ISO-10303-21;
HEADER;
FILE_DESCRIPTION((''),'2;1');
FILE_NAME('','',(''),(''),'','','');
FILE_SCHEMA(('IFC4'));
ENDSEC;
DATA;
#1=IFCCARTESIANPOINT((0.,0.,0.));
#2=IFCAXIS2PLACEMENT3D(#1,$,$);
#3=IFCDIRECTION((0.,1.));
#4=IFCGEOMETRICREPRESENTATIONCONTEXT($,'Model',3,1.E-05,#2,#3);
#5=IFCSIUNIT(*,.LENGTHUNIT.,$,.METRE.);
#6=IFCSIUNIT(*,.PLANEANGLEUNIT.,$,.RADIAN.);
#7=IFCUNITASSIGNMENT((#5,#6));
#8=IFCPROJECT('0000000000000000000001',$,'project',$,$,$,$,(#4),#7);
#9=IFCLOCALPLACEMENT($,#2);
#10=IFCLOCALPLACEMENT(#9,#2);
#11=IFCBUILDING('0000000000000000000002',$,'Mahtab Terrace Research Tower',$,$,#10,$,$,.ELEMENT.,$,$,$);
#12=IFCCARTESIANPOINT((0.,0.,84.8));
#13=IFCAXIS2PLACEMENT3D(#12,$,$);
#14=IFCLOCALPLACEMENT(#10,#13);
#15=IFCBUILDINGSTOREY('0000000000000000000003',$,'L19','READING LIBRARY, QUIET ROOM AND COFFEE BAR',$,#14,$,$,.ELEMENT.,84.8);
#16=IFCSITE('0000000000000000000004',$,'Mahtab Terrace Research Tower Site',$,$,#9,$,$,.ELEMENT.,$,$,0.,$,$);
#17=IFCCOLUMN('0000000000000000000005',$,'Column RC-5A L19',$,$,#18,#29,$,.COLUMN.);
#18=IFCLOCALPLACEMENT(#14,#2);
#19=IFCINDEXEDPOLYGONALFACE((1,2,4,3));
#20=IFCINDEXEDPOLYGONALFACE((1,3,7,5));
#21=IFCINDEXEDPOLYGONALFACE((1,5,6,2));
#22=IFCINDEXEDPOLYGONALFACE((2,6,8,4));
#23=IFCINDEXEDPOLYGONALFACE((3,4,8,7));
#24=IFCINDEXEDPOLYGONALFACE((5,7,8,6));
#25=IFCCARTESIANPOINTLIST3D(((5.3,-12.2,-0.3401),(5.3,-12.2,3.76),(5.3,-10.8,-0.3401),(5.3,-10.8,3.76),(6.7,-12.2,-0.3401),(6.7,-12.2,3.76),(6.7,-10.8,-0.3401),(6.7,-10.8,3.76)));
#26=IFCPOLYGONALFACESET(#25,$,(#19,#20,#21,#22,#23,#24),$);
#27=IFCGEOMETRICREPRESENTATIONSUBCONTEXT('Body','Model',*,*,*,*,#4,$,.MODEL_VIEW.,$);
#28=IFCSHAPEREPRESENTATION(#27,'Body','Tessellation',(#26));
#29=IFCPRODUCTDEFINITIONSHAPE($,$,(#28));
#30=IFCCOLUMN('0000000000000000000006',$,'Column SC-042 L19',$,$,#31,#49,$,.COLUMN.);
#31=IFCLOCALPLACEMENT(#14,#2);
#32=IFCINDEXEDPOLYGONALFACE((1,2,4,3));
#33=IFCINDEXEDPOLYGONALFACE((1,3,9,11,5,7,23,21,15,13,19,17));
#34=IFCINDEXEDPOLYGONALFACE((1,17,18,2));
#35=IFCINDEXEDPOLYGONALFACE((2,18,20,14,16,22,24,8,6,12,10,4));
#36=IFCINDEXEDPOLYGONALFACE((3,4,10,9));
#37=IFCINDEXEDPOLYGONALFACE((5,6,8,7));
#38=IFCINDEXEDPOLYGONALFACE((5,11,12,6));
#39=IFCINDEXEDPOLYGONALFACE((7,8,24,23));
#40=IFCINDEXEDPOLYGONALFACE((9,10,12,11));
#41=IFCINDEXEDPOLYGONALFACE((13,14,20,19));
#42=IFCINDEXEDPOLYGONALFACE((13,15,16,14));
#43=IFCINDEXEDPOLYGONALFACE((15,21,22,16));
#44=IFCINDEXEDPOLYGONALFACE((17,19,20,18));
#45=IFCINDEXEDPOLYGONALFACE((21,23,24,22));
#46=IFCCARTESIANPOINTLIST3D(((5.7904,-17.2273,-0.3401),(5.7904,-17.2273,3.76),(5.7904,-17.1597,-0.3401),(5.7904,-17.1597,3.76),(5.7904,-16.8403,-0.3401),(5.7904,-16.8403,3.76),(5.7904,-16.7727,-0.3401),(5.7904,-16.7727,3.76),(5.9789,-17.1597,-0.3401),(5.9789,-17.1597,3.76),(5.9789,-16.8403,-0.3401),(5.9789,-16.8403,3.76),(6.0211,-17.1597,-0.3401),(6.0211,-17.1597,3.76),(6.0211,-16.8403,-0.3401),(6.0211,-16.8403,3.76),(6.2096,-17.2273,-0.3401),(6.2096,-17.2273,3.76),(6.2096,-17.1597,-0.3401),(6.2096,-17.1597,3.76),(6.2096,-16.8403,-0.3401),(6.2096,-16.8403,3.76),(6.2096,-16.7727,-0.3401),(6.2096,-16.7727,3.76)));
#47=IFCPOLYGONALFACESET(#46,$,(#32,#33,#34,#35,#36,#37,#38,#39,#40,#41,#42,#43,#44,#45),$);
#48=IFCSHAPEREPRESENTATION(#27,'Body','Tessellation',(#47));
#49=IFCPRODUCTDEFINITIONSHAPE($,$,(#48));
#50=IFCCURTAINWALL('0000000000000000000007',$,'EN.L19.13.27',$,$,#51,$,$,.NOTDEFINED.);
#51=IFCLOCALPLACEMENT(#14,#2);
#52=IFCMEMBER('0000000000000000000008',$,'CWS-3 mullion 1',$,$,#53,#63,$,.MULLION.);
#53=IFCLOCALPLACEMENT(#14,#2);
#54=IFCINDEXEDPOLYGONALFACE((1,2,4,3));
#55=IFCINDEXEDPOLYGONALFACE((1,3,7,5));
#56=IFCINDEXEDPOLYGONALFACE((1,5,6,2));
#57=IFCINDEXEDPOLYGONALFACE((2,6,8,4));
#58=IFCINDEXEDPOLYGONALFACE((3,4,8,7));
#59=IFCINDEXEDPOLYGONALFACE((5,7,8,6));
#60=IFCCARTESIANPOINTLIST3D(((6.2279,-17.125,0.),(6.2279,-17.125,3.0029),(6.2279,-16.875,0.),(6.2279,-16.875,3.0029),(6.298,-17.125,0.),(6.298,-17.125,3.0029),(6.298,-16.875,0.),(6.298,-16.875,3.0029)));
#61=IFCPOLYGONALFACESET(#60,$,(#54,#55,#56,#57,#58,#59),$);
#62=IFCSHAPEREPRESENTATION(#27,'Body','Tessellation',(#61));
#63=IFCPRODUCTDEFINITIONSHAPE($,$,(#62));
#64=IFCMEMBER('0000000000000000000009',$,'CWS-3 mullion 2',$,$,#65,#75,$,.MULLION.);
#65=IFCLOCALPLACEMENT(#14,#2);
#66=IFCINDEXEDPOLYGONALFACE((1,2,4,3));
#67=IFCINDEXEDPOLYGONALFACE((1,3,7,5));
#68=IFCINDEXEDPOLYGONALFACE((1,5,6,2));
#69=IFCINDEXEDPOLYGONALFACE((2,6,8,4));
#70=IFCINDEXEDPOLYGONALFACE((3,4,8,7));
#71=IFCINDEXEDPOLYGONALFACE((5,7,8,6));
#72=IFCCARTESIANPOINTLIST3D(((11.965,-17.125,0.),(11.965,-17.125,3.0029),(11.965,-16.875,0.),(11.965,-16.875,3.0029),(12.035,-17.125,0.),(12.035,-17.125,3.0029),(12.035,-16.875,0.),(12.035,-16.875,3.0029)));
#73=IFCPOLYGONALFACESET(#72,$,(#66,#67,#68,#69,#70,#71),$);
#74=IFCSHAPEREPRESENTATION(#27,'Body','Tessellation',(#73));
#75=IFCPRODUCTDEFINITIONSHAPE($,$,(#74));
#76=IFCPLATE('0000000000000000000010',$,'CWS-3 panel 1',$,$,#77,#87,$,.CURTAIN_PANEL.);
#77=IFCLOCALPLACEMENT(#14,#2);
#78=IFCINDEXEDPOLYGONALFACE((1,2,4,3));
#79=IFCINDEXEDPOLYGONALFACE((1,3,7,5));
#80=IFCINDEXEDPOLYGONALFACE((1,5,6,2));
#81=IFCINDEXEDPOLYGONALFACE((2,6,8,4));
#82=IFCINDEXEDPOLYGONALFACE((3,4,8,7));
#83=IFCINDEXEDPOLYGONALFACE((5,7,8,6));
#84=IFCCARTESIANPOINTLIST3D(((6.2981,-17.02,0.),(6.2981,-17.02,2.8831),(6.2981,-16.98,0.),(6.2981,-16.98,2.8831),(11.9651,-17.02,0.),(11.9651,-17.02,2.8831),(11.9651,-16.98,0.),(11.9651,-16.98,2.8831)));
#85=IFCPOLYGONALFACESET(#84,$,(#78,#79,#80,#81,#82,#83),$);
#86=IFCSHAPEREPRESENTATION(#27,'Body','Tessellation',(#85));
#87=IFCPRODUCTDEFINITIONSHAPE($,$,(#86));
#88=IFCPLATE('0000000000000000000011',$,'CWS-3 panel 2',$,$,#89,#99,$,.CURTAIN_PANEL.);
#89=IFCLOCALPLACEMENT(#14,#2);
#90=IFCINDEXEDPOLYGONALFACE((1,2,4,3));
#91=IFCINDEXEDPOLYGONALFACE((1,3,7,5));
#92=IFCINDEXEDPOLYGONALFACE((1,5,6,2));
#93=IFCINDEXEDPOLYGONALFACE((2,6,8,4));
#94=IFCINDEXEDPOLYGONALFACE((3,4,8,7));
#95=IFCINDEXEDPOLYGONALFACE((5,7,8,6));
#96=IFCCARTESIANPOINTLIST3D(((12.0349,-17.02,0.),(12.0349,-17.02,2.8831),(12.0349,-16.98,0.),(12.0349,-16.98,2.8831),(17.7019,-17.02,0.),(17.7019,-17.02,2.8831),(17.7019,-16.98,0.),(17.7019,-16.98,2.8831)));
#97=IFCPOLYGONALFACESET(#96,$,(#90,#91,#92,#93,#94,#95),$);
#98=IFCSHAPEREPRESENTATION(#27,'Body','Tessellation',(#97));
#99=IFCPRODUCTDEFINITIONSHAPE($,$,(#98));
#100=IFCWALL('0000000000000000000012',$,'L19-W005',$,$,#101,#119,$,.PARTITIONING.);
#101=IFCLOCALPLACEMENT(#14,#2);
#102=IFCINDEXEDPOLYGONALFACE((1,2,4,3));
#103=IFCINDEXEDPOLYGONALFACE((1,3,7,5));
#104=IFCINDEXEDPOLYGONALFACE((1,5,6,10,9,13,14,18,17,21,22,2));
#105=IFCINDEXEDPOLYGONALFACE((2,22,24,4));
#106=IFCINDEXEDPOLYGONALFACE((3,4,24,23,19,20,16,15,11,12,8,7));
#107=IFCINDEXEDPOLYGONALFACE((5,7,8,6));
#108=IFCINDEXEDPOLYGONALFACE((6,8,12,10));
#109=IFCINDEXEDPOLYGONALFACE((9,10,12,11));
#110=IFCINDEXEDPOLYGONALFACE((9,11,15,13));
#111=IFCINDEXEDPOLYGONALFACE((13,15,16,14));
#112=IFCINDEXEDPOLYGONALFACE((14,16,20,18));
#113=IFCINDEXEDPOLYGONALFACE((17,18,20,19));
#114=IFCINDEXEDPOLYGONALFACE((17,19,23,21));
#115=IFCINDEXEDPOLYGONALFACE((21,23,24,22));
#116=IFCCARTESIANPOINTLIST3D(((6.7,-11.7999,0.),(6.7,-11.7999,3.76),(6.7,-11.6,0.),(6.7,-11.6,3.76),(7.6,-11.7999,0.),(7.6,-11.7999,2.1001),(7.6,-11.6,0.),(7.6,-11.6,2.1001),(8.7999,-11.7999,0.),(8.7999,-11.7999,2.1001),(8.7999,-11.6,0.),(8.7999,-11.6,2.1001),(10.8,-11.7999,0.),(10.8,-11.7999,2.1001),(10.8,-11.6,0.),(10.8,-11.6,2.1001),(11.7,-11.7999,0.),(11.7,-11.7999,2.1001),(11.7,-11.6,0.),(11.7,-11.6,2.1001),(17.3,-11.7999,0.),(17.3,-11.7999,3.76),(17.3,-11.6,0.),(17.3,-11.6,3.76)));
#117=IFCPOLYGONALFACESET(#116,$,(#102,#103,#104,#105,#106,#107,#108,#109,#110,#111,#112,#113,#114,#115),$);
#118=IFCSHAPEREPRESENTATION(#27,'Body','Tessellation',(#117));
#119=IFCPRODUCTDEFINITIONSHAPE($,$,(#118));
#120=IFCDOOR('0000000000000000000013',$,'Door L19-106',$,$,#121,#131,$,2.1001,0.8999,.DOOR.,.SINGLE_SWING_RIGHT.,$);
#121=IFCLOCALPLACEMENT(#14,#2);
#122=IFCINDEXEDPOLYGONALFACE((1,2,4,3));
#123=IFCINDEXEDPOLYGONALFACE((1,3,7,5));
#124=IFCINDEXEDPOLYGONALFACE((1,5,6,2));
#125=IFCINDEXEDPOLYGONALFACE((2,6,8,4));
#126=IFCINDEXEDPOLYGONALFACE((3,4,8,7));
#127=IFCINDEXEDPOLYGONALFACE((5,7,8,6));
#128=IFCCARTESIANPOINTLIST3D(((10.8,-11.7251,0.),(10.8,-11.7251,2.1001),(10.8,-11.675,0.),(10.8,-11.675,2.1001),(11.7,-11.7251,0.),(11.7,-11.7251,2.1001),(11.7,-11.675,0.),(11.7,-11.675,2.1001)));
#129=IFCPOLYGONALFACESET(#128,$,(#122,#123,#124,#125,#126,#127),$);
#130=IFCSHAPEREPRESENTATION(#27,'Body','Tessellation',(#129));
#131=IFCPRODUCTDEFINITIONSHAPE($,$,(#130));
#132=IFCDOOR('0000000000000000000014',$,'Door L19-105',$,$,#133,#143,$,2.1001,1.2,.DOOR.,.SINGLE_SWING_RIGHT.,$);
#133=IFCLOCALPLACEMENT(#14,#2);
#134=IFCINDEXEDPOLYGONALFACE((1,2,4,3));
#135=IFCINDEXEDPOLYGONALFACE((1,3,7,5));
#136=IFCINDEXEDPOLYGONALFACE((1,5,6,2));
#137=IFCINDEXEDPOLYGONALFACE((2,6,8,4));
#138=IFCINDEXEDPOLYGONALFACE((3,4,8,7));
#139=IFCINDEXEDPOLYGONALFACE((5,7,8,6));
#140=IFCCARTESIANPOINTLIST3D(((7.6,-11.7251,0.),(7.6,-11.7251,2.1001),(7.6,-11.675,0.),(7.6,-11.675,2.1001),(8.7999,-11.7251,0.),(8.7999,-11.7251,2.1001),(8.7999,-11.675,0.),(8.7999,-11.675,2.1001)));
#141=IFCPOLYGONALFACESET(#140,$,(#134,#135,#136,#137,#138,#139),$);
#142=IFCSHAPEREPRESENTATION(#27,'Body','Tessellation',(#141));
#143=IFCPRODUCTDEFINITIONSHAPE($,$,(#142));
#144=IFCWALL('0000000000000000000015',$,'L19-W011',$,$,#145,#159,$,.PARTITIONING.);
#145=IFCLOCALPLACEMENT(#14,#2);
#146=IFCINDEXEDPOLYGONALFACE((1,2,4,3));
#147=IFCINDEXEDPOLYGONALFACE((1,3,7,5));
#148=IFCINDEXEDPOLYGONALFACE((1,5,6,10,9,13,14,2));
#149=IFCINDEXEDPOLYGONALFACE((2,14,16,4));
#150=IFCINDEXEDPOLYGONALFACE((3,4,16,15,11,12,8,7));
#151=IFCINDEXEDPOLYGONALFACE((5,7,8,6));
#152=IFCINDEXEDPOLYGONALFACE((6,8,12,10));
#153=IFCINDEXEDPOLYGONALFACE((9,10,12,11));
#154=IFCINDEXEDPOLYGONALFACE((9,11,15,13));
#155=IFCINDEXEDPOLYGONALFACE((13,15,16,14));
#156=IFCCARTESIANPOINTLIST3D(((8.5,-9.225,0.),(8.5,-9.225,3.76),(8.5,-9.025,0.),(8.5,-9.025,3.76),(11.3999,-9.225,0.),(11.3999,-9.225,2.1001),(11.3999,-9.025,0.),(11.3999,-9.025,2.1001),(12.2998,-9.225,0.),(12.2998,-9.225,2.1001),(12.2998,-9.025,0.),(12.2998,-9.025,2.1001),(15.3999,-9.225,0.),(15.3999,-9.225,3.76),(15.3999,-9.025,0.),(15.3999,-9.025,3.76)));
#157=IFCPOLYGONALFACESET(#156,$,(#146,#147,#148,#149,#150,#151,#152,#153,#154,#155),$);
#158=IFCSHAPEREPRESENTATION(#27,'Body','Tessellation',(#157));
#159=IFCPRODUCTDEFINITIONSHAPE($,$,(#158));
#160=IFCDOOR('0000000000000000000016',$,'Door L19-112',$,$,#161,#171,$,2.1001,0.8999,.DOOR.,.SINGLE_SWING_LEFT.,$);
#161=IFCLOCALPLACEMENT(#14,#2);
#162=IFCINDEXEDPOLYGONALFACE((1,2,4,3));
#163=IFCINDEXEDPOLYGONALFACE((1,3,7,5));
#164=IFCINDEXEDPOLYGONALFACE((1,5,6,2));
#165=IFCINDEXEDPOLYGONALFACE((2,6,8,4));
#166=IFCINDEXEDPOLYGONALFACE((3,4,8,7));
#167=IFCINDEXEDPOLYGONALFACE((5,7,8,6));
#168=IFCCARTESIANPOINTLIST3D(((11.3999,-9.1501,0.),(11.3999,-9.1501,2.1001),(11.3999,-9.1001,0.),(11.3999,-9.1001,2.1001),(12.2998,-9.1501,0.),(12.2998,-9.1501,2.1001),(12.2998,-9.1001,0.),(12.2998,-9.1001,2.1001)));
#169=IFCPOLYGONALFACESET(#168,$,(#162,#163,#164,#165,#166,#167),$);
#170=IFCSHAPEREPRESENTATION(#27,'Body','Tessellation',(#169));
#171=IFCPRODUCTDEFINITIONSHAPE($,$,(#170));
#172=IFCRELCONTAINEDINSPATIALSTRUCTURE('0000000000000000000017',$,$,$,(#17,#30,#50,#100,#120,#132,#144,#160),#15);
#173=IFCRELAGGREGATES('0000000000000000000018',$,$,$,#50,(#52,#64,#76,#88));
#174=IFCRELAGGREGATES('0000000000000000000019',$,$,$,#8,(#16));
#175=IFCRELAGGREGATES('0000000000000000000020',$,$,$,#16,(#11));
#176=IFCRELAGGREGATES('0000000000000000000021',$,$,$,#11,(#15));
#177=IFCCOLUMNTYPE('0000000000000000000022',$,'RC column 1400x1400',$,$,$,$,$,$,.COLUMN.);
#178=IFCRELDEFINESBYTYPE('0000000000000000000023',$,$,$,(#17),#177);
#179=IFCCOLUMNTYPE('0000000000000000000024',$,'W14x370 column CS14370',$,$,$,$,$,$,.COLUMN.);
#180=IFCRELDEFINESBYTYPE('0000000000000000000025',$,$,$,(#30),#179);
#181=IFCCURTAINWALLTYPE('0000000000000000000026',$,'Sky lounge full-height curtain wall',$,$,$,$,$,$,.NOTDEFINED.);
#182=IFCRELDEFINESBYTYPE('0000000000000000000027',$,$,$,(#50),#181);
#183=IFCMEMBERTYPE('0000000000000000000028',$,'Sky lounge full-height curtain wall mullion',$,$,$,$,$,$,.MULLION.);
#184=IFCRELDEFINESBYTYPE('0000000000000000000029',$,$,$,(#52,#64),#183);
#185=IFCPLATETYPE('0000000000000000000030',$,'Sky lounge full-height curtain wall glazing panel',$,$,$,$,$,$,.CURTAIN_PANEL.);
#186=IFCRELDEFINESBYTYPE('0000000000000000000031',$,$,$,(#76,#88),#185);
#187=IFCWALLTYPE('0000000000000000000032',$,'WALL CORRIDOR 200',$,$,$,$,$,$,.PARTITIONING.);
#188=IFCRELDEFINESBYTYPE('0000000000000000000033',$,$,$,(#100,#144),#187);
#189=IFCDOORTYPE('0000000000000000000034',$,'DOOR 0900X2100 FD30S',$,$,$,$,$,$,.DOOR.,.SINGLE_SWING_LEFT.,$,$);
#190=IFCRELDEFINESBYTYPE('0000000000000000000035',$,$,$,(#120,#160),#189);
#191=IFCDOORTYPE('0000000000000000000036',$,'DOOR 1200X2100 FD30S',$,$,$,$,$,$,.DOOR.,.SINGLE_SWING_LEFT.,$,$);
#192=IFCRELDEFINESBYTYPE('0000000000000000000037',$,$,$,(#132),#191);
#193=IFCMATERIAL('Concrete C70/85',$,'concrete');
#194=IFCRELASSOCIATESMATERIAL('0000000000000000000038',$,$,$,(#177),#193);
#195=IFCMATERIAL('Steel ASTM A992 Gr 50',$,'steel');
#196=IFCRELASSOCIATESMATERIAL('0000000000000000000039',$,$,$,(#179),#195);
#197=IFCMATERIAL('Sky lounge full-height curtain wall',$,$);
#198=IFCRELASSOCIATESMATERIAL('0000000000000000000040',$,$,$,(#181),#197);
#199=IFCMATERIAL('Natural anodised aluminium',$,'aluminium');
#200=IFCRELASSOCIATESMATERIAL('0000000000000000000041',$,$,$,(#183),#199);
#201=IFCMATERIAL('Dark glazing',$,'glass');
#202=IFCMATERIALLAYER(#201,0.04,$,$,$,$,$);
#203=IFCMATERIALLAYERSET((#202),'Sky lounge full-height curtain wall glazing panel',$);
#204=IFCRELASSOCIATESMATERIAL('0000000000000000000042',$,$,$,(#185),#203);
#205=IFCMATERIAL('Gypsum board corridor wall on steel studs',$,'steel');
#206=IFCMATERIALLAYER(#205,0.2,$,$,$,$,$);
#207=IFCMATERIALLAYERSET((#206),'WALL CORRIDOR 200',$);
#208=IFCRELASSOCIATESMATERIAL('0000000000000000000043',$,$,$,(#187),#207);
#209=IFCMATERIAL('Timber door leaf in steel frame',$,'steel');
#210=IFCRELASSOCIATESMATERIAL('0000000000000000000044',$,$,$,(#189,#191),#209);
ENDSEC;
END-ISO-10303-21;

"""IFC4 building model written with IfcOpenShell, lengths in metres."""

from ifc_helpers import new_model, si_unit, direction, frame, frame_2d, origin, origin_2d, place, context, subcontext, project, spatial, rectangle, i_section, extrude, material, layer, layer_set, material_profile, profile_set, type_object, element, fill, aggregate, save


model = new_model("IFC4")

# Units and contexts
model_context = context("Model", 3, precision=1e-05, world=origin(), true_north=direction((0.0, 1.0)))
body_context = subcontext(model_context, "Body", "Model", "MODEL_VIEW")
ifc_project = project(units=[si_unit("LENGTHUNIT", "METRE"), si_unit("PLANEANGLEUNIT", "RADIAN")], contexts=[model_context])

# Site, building, storey
site_placement = place(None, origin())
site = spatial("IfcSite", under=ifc_project, at=site_placement, Name="Mahtab Terrace Research Tower Site", CompositionType="ELEMENT", RefElevation=0.0)
building_placement = place(site_placement, origin())
building = spatial("IfcBuilding", under=site, at=building_placement, Name="Mahtab Terrace Research Tower", CompositionType="ELEMENT")
storey_placement = place(building_placement, frame((0.0, 0.0, 84.8)))
storey = spatial("IfcBuildingStorey", under=building, at=storey_placement, Name="L19", Description="READING LIBRARY, QUIET ROOM AND COFFEE BAR", CompositionType="ELEMENT", Elevation=84.8)

# Columns
ifc_material_1 = material(Name="Concrete C70/85", Category="concrete")
ifc_material_profile_1 = material_profile(ifc_material_1, rectangle(XDim=1.3999, YDim=1.3999, at=origin_2d()), Name="RC column 1400x1400")
ifc_profile_set_1 = profile_set([ifc_material_profile_1], Name="Concrete C70/85")
column_type_1 = type_object("IfcColumnType", Name="RC column 1400x1400", PredefinedType="COLUMN", material=ifc_profile_set_1)
column_1_placement = place(storey_placement, frame((6.0, -11.5, -0.3401), z_axis=(0.0, 0.0, 1.0), x_axis=(1.0, 0.0, 0.0)))
element("IfcColumn", 1, at=column_1_placement, inside=storey, type_object=column_type_1, Name="Column RC-5A L19", PredefinedType="COLUMN", context=body_context, shape_type="SweptSolid", body=[
    extrude(rectangle(XDim=1.3999, YDim=1.3999, at=origin_2d()), origin(), (0.0, 0.0, 1.0), 4.1001),
])
ifc_material_2 = material(Name="Steel ASTM A992 Gr 50", Category="steel")
ifc_material_profile_2 = material_profile(ifc_material_2, i_section(OverallWidth=0.4192, OverallDepth=0.4546, WebThickness=0.0422, FlangeThickness=0.0676, at=origin_2d()), Name="W14X370")
ifc_profile_set_2 = profile_set([ifc_material_profile_2], Name="Steel ASTM A992 Gr 50")
column_type_2 = type_object("IfcColumnType", Name="W14x370 column CS14370", PredefinedType="COLUMN", material=ifc_profile_set_2)
column_2_placement = place(storey_placement, frame((6.0, -17.0, -0.3401), z_axis=(0.0, 0.0, 1.0), x_axis=(1.0, 0.0, 0.0)))
element("IfcColumn", 2, at=column_2_placement, inside=storey, type_object=column_type_2, Name="Column SC-042 L19", PredefinedType="COLUMN", context=body_context, shape_type="SweptSolid", body=[
    extrude(i_section(OverallWidth=0.4192, OverallDepth=0.4546, WebThickness=0.0422, FlangeThickness=0.0676, at=origin_2d()), origin(), (0.0, 0.0, 1.0), 4.1001),
])

# Curtain wall, members, plates
ifc_material_3 = material(Name="Sky lounge full-height curtain wall")
curtain_wall_type = type_object("IfcCurtainWallType", Name="Sky lounge full-height curtain wall", PredefinedType="NOTDEFINED", material=ifc_material_3)
curtain_wall_placement = place(storey_placement, origin())
curtain_wall = element("IfcCurtainWall", 3, at=curtain_wall_placement, inside=storey, type_object=curtain_wall_type, Name="EN.L19.13.27", PredefinedType="NOTDEFINED")
ifc_material_4 = material(Name="Natural anodised aluminium", Category="aluminium")
ifc_material_profile_3 = material_profile(ifc_material_4, rectangle(XDim=0.25, YDim=0.0701, at=origin_2d()), Name="MULLION 70x250")
ifc_profile_set_3 = profile_set([ifc_material_profile_3], Name="Natural anodised aluminium")
member_type = type_object("IfcMemberType", Name="Sky lounge full-height curtain wall mullion", PredefinedType="MULLION", material=ifc_profile_set_3)
member_1_placement = place(storey_placement, frame((6.2629, -17.0, 0.0), z_axis=(0.0, 0.0, 1.0), x_axis=(0.0, 1.0, 0.0)))
member_1 = element("IfcMember", 4, at=member_1_placement, type_object=member_type, Name="CWS-3 mullion 1", PredefinedType="MULLION", context=body_context, shape_type="SweptSolid", body=[
    extrude(rectangle(XDim=0.25, YDim=0.0701, at=origin_2d()), origin(), (0.0, 0.0, 1.0), 3.0029),
])
member_2_placement = place(storey_placement, frame((12.0, -17.0, 0.0), z_axis=(0.0, 0.0, 1.0), x_axis=(0.0, 1.0, 0.0)))
member_2 = element("IfcMember", 5, at=member_2_placement, type_object=member_type, Name="CWS-3 mullion 2", PredefinedType="MULLION", context=body_context, shape_type="SweptSolid", body=[
    extrude(rectangle(XDim=0.25, YDim=0.0701, at=origin_2d()), origin(), (0.0, 0.0, 1.0), 3.0029),
])
ifc_material_5 = material(Name="Dark glazing", Category="glass")
ifc_layer_1 = layer(ifc_material_5, 0.04)
ifc_layer_set_1 = layer_set([ifc_layer_1], Name="Sky lounge full-height curtain wall glazing panel")
plate_type = type_object("IfcPlateType", Name="Sky lounge full-height curtain wall glazing panel", PredefinedType="CURTAIN_PANEL", material=ifc_layer_set_1)
plate_1_placement = place(storey_placement, frame((9.1316, -17.0, 0.0), z_axis=(0.0, 0.0, 1.0), x_axis=(1.0, 0.0, 0.0)))
plate_1 = element("IfcPlate", 6, at=plate_1_placement, type_object=plate_type, Name="CWS-3 panel 1", PredefinedType="CURTAIN_PANEL", context=body_context, shape_type="SweptSolid", body=[
    extrude(rectangle(XDim=5.667, YDim=0.04, at=origin_2d()), origin(), (0.0, 0.0, 1.0), 2.8831),
])
plate_2_placement = place(storey_placement, frame((14.8684, -17.0, 0.0), z_axis=(0.0, 0.0, 1.0), x_axis=(1.0, 0.0, 0.0)))
plate_2 = element("IfcPlate", 7, at=plate_2_placement, type_object=plate_type, Name="CWS-3 panel 2", PredefinedType="CURTAIN_PANEL", context=body_context, shape_type="SweptSolid", body=[
    extrude(rectangle(XDim=5.667, YDim=0.04, at=origin_2d()), origin(), (0.0, 0.0, 1.0), 2.8831),
])
aggregate(curtain_wall, [member_1, member_2, plate_1, plate_2])

# Wall, openings, doors
ifc_material_6 = material(Name="Gypsum board corridor wall on steel studs", Category="steel")
ifc_layer_2 = layer(ifc_material_6, 0.2)
ifc_layer_set_2 = layer_set([ifc_layer_2], Name="WALL CORRIDOR 200")
wall_type_1 = type_object("IfcWallType", Name="WALL CORRIDOR 200", PredefinedType="PARTITIONING", material=ifc_layer_set_2)
wall_1_placement = place(storey_placement, frame((6.7, -11.7, 0.0), z_axis=(0.0, 0.0, 1.0), x_axis=(1.0, 0.0, 0.0)))
wall_1 = element("IfcWall", 8, at=wall_1_placement, inside=storey, type_object=wall_type_1, Name="L19-W005", PredefinedType="PARTITIONING", context=body_context, shape_type="SweptSolid", body=[
    extrude(rectangle(XDim=10.6001, YDim=0.2, at=frame_2d((5.3, 0.0))), origin(), (0.0, 0.0, 1.0), 3.76),
])
opening_1_placement = place(wall_1_placement, frame((0.8999, 0.0, 0.0)))
opening_1 = element("IfcOpeningElement", 9, at=opening_1_placement, cuts=wall_1, PredefinedType="OPENING", context=body_context, shape_type="SweptSolid", body=[
    extrude(rectangle(XDim=1.2, YDim=2.1001, at=frame_2d((0.6001, 1.05))), frame((0.0, 0.1099, 0.0), z_axis=(0.0, -1.0, 0.0), x_axis=(1.0, 0.0, 0.0)), (0.0, 0.0, 1.0), 0.22),
])
opening_2_placement = place(wall_1_placement, frame((4.1001, 0.0, 0.0)))
opening_2 = element("IfcOpeningElement", 10, at=opening_2_placement, cuts=wall_1, PredefinedType="OPENING", context=body_context, shape_type="SweptSolid", body=[
    extrude(rectangle(XDim=0.8999, YDim=2.1001, at=frame_2d((0.45, 1.05))), frame((0.0, 0.1099, 0.0), z_axis=(0.0, -1.0, 0.0), x_axis=(1.0, 0.0, 0.0)), (0.0, 0.0, 1.0), 0.22),
])
ifc_material_7 = material(Name="Timber door leaf in steel frame", Category="steel")
door_type_1 = type_object("IfcDoorType", Name="DOOR 0900X2100 FD30S", OperationType="SINGLE_SWING_LEFT", PredefinedType="DOOR", material=ifc_material_7)
door_1_placement = place(opening_2_placement, origin())
door_1 = element("IfcDoor", 11, at=door_1_placement, inside=storey, type_object=door_type_1, Name="Door L19-106", OperationType="SINGLE_SWING_RIGHT", OverallHeight=2.1001, OverallWidth=0.8999, PredefinedType="DOOR", context=body_context, shape_type="SweptSolid", body=[
    extrude(rectangle(XDim=0.8999, YDim=2.1001, at=frame_2d((0.45, 1.05))), frame((0.0, 0.0249, 0.0), z_axis=(0.0, -1.0, 0.0), x_axis=(1.0, 0.0, 0.0)), (0.0, 0.0, 1.0), 0.05),
])
fill(opening_2, door_1)
door_type_2 = type_object("IfcDoorType", Name="DOOR 1200X2100 FD30S", OperationType="SINGLE_SWING_LEFT", PredefinedType="DOOR", material=ifc_material_7)
door_2_placement = place(opening_1_placement, origin())
door_2 = element("IfcDoor", 12, at=door_2_placement, inside=storey, type_object=door_type_2, Name="Door L19-105", OperationType="SINGLE_SWING_RIGHT", OverallHeight=2.1001, OverallWidth=1.2, PredefinedType="DOOR", context=body_context, shape_type="SweptSolid", body=[
    extrude(rectangle(XDim=1.2, YDim=2.1001, at=frame_2d((0.6001, 1.05))), frame((0.0, 0.0249, 0.0), z_axis=(0.0, -1.0, 0.0), x_axis=(1.0, 0.0, 0.0)), (0.0, 0.0, 1.0), 0.05),
])
fill(opening_1, door_2)

# Wall, opening, door
wall_2_placement = place(storey_placement, frame((8.5, -9.125, 0.0), z_axis=(0.0, 0.0, 1.0), x_axis=(1.0, 0.0, 0.0)))
wall_2 = element("IfcWall", 13, at=wall_2_placement, inside=storey, type_object=wall_type_1, Name="L19-W011", PredefinedType="PARTITIONING", context=body_context, shape_type="SweptSolid", body=[
    extrude(rectangle(XDim=6.8999, YDim=0.2, at=frame_2d((3.45, 0.0))), origin(), (0.0, 0.0, 1.0), 3.76),
])
opening_3_placement = place(wall_2_placement, frame((2.8999, 0.0, 0.0)))
opening_3 = element("IfcOpeningElement", 14, at=opening_3_placement, cuts=wall_2, PredefinedType="OPENING", context=body_context, shape_type="SweptSolid", body=[
    extrude(rectangle(XDim=0.8999, YDim=2.1001, at=frame_2d((0.45, 1.05))), frame((0.0, 0.1099, 0.0), z_axis=(0.0, -1.0, 0.0), x_axis=(1.0, 0.0, 0.0)), (0.0, 0.0, 1.0), 0.22),
])
door_3_placement = place(opening_3_placement, origin())
door_3 = element("IfcDoor", 15, at=door_3_placement, inside=storey, type_object=door_type_1, Name="Door L19-112", OperationType="SINGLE_SWING_LEFT", OverallHeight=2.1001, OverallWidth=0.8999, PredefinedType="DOOR", context=body_context, shape_type="SweptSolid", body=[
    extrude(rectangle(XDim=0.8999, YDim=2.1001, at=frame_2d((0.45, 1.05))), frame((0.0, 0.0249, 0.0), z_axis=(0.0, -1.0, 0.0), x_axis=(1.0, 0.0, 0.0)), (0.0, 0.0, 1.0), 0.05),
])
fill(opening_3, door_3)

save(model, "model.ifc")
